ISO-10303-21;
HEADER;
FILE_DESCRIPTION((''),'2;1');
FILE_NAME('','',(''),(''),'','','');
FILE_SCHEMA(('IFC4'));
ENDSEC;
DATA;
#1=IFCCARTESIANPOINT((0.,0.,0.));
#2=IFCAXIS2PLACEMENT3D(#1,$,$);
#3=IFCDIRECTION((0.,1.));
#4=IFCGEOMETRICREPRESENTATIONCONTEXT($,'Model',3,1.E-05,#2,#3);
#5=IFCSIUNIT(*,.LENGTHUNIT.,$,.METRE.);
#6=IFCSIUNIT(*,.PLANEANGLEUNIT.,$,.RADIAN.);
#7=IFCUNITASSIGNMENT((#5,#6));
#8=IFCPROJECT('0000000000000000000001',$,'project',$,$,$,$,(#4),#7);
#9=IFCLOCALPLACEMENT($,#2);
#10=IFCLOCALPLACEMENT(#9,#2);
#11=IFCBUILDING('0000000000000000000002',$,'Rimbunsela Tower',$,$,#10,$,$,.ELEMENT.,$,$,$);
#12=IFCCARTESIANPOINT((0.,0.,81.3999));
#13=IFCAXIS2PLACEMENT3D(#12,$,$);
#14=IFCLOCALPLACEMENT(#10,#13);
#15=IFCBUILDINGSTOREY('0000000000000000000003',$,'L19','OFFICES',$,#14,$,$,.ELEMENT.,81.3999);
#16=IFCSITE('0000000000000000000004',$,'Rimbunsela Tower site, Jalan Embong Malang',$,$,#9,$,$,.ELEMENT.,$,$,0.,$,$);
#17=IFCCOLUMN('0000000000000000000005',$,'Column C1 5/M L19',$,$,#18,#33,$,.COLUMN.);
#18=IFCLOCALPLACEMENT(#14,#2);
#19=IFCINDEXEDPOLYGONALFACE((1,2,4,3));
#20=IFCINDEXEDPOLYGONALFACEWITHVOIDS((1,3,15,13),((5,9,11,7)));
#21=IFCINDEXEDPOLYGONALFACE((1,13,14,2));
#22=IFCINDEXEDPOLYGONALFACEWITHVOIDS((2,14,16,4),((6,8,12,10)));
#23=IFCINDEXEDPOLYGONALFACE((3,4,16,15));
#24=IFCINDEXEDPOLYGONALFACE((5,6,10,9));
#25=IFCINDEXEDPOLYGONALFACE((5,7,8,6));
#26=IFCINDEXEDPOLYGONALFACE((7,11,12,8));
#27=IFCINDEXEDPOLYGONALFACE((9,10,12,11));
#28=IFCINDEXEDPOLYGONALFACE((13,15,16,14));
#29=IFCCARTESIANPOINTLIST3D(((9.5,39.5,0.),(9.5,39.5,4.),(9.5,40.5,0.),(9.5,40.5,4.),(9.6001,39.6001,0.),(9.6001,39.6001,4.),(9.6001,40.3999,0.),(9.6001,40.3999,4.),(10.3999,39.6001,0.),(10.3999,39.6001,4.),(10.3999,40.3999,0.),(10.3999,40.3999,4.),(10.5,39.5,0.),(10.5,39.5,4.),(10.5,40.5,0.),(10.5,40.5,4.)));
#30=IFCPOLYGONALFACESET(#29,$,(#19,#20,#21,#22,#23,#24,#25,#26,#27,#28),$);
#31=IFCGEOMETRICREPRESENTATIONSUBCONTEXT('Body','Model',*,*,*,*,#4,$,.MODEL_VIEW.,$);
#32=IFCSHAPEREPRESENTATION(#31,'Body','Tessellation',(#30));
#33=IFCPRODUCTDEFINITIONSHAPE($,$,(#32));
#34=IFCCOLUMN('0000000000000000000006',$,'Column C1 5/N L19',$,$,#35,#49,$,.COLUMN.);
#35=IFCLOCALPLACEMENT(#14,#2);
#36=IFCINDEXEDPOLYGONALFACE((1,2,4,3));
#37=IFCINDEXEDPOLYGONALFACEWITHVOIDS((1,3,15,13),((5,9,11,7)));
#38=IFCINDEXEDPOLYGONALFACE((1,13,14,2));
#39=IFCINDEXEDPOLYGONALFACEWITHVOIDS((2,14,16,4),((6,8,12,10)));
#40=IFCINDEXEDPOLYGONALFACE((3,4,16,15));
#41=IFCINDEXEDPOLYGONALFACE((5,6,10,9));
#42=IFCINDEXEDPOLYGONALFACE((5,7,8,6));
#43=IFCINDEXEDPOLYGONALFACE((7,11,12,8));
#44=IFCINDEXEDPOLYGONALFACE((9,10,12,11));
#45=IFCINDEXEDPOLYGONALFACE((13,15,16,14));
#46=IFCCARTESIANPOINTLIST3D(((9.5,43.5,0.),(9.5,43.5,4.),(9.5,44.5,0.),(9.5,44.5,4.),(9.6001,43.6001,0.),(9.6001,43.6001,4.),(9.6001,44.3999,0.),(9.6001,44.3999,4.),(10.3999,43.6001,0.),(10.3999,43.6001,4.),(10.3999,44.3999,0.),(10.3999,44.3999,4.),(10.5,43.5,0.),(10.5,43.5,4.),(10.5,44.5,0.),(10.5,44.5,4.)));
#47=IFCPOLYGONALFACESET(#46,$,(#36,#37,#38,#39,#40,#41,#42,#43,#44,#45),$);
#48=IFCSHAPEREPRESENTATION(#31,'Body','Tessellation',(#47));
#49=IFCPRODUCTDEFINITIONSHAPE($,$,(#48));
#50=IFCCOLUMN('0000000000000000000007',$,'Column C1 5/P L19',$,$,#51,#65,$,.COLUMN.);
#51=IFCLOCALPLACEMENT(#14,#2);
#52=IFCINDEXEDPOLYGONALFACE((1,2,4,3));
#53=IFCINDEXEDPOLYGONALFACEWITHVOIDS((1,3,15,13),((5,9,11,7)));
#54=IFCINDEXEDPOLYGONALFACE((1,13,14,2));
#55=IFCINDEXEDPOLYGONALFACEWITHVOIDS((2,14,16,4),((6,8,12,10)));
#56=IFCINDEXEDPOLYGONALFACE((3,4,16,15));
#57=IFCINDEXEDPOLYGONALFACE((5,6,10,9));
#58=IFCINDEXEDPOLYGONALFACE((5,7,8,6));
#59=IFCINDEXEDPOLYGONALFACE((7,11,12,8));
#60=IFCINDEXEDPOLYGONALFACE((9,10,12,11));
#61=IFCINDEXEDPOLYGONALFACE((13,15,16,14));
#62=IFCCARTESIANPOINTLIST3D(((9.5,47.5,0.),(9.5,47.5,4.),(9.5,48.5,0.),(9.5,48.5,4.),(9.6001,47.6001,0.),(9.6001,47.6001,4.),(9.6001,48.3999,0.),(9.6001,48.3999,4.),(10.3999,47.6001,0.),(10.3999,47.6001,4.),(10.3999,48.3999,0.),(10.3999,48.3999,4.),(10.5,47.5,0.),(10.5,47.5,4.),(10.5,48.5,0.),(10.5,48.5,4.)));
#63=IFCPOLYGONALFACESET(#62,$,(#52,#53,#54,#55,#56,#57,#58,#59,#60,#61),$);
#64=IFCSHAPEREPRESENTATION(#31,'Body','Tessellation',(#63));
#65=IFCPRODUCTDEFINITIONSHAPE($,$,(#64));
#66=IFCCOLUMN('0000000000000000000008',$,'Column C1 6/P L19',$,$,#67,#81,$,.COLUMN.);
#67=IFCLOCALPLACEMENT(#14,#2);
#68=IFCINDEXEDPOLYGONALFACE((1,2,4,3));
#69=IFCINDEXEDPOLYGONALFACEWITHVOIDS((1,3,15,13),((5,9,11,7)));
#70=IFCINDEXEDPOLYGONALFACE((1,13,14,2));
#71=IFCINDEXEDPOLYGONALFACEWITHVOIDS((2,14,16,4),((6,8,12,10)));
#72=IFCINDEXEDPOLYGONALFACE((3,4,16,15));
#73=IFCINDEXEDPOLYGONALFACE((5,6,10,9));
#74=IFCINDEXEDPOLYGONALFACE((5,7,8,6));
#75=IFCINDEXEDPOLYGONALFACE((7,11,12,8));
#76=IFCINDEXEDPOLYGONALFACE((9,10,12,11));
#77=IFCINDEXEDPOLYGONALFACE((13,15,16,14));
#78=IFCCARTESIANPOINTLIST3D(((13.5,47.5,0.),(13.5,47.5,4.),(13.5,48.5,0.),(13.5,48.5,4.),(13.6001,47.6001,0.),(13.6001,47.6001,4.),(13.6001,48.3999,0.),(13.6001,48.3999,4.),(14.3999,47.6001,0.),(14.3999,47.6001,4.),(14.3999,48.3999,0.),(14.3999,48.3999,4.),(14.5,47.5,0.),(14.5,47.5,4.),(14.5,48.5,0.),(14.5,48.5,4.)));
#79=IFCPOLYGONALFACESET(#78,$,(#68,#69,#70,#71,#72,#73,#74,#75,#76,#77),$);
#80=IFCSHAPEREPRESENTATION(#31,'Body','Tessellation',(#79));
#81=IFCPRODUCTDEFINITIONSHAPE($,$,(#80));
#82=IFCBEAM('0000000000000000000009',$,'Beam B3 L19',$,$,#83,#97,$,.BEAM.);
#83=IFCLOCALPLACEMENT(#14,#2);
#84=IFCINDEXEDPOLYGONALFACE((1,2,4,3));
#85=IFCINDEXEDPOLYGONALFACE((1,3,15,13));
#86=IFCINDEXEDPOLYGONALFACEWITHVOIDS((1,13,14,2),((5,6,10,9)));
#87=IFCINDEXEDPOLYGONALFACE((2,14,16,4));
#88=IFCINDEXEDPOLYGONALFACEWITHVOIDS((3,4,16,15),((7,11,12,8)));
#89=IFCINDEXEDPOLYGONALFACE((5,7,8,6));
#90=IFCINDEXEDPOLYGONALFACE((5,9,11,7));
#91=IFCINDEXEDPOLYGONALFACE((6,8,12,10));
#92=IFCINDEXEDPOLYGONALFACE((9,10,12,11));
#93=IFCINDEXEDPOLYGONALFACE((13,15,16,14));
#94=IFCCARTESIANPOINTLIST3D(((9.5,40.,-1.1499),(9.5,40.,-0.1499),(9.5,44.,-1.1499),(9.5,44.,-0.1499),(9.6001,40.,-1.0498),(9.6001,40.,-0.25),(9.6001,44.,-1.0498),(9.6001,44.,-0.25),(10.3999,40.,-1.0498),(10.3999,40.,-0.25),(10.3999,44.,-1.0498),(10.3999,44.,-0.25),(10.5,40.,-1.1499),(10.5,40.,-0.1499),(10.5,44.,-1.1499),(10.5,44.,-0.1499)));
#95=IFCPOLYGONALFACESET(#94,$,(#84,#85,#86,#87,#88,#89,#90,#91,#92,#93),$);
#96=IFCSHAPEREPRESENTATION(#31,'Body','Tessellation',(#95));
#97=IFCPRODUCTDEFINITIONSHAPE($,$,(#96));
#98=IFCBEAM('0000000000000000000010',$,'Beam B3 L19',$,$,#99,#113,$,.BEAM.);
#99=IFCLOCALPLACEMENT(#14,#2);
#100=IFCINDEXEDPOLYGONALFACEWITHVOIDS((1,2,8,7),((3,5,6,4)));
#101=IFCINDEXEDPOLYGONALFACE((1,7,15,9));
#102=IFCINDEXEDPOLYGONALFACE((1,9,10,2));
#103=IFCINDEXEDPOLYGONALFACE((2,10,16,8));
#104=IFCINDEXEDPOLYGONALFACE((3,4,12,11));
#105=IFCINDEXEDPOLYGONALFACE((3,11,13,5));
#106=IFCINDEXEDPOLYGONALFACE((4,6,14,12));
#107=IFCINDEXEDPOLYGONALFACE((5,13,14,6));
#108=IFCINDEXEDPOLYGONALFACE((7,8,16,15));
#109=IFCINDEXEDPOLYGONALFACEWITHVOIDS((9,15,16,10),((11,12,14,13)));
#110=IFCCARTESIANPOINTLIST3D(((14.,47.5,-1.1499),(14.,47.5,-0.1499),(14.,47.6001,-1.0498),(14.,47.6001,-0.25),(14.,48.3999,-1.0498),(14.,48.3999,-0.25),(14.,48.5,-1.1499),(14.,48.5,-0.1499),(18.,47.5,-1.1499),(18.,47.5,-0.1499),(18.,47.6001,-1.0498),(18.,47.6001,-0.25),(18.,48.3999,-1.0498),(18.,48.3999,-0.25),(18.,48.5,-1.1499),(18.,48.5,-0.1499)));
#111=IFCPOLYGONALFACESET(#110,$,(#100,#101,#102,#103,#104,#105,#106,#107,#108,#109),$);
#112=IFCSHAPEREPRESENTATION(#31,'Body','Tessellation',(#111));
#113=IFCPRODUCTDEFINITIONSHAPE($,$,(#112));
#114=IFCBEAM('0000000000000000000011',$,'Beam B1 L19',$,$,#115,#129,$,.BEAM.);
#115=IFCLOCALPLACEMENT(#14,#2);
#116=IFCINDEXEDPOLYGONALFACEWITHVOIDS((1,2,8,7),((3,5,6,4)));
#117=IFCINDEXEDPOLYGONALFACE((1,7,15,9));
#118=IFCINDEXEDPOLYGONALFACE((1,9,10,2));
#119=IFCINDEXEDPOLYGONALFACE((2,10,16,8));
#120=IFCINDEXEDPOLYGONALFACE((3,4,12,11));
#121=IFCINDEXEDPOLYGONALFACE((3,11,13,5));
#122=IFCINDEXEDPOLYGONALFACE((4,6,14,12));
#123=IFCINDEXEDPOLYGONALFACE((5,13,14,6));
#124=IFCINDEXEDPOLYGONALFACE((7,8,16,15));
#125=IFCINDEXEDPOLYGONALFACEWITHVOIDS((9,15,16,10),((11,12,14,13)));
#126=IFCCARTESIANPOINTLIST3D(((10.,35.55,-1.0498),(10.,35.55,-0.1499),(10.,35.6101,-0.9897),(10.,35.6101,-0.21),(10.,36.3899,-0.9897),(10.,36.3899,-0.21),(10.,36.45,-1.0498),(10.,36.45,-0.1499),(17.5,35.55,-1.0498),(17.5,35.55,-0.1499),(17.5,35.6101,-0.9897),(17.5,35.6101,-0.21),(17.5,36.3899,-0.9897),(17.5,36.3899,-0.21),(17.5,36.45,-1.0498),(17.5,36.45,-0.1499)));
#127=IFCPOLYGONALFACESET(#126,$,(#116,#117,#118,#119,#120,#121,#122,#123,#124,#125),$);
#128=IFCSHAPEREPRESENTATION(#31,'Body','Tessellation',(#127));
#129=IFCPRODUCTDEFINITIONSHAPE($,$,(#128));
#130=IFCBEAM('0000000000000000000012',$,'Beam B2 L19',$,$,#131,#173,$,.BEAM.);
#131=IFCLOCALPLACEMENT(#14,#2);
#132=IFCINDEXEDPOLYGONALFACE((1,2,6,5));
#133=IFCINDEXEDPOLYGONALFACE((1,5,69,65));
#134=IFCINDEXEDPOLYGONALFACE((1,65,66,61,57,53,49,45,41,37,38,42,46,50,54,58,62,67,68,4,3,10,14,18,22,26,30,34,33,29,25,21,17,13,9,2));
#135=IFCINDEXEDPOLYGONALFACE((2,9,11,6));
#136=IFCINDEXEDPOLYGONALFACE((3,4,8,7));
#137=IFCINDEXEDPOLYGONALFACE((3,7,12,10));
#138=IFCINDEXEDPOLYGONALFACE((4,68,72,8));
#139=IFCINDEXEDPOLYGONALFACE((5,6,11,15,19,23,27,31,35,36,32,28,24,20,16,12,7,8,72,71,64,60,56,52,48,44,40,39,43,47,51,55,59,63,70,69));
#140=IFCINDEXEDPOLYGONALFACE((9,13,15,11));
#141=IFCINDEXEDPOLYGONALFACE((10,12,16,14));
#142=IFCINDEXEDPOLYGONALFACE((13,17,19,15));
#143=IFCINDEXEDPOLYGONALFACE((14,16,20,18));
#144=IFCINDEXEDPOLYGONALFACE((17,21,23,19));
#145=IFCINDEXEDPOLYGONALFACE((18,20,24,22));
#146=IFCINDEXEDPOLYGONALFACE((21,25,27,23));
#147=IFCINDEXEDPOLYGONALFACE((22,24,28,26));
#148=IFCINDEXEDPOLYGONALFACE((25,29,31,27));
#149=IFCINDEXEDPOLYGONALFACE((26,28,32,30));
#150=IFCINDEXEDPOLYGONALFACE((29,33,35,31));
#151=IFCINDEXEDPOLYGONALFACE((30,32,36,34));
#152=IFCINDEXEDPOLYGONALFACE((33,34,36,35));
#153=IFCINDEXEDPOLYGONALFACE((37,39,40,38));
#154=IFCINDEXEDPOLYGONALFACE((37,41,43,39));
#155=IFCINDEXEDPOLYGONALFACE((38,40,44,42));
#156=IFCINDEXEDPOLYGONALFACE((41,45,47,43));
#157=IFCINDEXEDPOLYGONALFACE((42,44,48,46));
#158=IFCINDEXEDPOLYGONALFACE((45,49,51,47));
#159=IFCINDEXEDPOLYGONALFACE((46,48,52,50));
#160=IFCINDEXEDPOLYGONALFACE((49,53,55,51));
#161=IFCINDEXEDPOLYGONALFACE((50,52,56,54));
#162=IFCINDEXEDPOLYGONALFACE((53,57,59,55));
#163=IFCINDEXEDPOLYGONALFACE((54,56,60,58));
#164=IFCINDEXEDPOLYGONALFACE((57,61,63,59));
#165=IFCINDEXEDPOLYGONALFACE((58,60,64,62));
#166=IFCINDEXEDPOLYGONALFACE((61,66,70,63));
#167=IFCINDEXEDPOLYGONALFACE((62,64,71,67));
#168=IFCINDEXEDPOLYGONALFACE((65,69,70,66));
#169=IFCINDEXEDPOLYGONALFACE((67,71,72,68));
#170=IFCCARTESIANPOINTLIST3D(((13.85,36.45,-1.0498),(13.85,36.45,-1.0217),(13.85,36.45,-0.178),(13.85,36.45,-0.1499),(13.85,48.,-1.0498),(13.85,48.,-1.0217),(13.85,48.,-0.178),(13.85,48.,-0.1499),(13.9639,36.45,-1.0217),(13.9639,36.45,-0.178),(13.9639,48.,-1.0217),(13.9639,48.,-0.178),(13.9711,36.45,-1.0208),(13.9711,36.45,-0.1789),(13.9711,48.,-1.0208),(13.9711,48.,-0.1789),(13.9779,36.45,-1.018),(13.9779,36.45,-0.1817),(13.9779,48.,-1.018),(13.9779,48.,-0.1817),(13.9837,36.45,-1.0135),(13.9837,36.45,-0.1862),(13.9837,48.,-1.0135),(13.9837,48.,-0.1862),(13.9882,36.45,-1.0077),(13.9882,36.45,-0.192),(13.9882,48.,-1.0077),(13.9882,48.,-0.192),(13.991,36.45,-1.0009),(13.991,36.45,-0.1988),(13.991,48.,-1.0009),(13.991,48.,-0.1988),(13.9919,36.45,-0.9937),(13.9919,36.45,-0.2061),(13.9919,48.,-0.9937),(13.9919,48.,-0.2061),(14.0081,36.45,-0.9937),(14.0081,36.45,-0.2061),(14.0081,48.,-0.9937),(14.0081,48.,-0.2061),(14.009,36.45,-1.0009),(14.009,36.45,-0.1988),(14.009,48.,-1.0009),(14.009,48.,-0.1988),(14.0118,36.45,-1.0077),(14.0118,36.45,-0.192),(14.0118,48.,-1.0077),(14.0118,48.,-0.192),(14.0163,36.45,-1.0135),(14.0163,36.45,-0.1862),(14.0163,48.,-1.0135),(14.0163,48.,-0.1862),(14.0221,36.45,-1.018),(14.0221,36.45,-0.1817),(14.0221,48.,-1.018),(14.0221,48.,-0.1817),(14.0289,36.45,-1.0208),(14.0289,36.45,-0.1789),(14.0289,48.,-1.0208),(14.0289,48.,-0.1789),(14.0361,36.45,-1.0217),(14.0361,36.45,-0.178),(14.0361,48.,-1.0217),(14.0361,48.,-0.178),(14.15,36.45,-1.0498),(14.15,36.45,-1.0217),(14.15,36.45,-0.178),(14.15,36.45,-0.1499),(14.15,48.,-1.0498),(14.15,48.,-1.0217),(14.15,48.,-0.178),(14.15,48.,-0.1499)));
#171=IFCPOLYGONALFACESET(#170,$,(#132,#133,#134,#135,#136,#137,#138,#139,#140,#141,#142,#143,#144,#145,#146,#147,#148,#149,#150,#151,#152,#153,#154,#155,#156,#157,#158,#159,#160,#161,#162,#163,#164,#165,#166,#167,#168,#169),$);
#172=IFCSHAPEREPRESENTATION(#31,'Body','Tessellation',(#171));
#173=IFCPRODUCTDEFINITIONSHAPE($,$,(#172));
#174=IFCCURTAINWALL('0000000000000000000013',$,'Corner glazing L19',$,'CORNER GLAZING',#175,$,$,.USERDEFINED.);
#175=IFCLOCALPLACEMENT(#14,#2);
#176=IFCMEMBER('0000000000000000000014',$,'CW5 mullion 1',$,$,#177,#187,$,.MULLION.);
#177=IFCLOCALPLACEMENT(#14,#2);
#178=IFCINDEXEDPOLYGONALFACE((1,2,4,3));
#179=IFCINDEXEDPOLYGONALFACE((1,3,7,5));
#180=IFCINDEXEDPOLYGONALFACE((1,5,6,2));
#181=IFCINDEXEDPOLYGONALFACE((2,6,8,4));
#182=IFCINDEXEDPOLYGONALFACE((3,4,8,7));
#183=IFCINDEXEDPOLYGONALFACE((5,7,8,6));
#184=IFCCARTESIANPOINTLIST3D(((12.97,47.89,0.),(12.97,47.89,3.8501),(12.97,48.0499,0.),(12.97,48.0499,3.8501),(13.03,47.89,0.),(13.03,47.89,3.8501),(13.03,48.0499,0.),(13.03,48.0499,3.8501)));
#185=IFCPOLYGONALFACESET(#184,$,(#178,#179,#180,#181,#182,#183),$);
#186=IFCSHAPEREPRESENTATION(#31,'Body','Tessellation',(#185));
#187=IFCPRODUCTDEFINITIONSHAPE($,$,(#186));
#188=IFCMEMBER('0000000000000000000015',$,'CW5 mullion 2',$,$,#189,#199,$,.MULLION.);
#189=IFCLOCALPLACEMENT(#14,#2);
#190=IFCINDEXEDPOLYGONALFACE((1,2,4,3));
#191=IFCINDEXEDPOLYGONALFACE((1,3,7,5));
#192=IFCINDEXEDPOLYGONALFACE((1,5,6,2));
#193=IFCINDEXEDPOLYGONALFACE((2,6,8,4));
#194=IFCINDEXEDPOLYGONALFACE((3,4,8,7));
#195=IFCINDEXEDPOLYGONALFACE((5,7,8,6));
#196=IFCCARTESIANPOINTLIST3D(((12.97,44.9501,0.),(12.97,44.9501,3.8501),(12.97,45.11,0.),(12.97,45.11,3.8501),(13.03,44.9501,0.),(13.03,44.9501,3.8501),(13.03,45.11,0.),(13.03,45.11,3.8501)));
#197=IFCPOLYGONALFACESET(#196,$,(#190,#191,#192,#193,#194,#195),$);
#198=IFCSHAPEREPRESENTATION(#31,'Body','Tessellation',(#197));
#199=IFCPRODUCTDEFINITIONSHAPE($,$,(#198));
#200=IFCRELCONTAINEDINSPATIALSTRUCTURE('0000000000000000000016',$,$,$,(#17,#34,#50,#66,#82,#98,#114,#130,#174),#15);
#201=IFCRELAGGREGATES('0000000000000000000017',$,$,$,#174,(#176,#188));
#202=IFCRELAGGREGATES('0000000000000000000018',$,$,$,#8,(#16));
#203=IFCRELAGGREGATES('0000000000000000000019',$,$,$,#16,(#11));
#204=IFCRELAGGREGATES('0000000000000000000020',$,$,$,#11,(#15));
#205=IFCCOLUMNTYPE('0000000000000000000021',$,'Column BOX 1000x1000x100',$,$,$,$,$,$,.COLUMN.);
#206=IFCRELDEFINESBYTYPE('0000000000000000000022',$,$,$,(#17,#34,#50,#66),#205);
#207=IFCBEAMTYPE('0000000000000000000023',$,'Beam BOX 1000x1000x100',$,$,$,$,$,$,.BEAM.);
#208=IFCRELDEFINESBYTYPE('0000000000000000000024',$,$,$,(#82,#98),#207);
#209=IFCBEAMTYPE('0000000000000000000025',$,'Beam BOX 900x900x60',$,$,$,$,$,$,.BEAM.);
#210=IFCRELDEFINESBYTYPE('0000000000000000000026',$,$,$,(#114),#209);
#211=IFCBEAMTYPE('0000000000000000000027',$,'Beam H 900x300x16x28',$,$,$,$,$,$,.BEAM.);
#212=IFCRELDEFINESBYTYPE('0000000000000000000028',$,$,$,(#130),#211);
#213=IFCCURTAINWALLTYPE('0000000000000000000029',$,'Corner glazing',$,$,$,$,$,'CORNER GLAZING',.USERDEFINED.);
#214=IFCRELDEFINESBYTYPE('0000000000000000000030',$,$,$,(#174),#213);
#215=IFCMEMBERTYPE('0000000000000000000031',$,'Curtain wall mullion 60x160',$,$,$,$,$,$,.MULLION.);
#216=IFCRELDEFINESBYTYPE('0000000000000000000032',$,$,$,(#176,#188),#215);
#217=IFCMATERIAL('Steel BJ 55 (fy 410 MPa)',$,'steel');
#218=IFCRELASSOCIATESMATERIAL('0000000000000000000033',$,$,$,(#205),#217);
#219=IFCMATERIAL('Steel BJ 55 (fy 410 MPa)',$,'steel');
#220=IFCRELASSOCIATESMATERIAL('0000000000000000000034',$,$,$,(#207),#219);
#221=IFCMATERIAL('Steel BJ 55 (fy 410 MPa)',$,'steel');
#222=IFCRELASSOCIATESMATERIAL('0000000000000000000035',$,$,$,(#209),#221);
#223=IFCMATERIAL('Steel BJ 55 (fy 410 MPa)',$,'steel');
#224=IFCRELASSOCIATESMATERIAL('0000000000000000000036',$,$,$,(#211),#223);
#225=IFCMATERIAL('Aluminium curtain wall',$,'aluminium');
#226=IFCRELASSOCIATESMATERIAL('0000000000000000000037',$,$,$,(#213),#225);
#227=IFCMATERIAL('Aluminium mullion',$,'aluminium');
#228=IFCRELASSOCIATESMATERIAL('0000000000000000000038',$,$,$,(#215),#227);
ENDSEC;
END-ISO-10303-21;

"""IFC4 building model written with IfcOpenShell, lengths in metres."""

from ifc_helpers import new_model, si_unit, direction, frame, origin, origin_2d, place, context, subcontext, project, spatial, rectangle, hollow_rectangle, i_section, extrude, material, material_profile, profile_set, type_object, element, aggregate, save


model = new_model("IFC4")

# Units and contexts
model_context = context("Model", 3, precision=1e-05, world=origin(), true_north=direction((0.0, 1.0)))
body_context = subcontext(model_context, "Body", "Model", "MODEL_VIEW")
ifc_project = project(units=[si_unit("LENGTHUNIT", "METRE"), si_unit("PLANEANGLEUNIT", "RADIAN")], contexts=[model_context])

# Site, building, storey
site_placement = place(None, origin())
site = spatial("IfcSite", under=ifc_project, at=site_placement, Name="Rimbunsela Tower site, Jalan Embong Malang", CompositionType="ELEMENT", RefElevation=0.0)
building_placement = place(site_placement, origin())
building = spatial("IfcBuilding", under=site, at=building_placement, Name="Rimbunsela Tower", CompositionType="ELEMENT")
storey_placement = place(building_placement, frame((0.0, 0.0, 81.3999)))
storey = spatial("IfcBuildingStorey", under=building, at=storey_placement, Name="L19", Description="OFFICES", CompositionType="ELEMENT", Elevation=81.3999)

# Columns
ifc_material_1 = material(Name="Steel BJ 55 (fy 410 MPa)", Category="steel")
ifc_material_profile_1 = material_profile(ifc_material_1, hollow_rectangle(XDim=1.0, YDim=1.0, WallThickness=0.1001, at=origin_2d()), Name="BOX 1000x1000x100")
ifc_profile_set_1 = profile_set([ifc_material_profile_1], Name="Steel BJ 55 (fy 410 MPa)")
column_type = type_object("IfcColumnType", Name="Column BOX 1000x1000x100", PredefinedType="COLUMN", material=ifc_profile_set_1)
for number, where, z_axis, x_axis, name in (
    (1, (10.0, 40.0, 0.0), (0.0, 0.0, 1.0), (1.0, 0.0, 0.0), "Column C1 5/M L19"),
    (2, (10.0, 44.0, 0.0), (0.0, 0.0, 1.0), (1.0, 0.0, 0.0), "Column C1 5/N L19"),
    (3, (10.0, 48.0, 0.0), (0.0, 0.0, 1.0), (1.0, 0.0, 0.0), "Column C1 5/P L19"),
    (4, (14.0, 48.0, 0.0), (0.0, 0.0, 1.0), (1.0, 0.0, 0.0), "Column C1 6/P L19"),
):
    element("IfcColumn", number, at=place(storey_placement, frame(where, z_axis=z_axis, x_axis=x_axis)), inside=storey, type_object=column_type, Name=name, PredefinedType="COLUMN", context=body_context, shape_type="SweptSolid", body=[
        extrude(hollow_rectangle(XDim=1.0, YDim=1.0, WallThickness=0.1001, at=origin_2d()), origin(), (0.0, 0.0, 1.0), 4.0),
    ])

# Beams
ifc_material_2 = material(Name="Steel BJ 55 (fy 410 MPa)", Category="steel")
ifc_material_profile_2 = material_profile(ifc_material_2, hollow_rectangle(XDim=1.0, YDim=1.0, WallThickness=0.1001, at=origin_2d()), Name="BOX 1000x1000x100")
ifc_profile_set_2 = profile_set([ifc_material_profile_2], Name="Steel BJ 55 (fy 410 MPa)")
beam_type_1 = type_object("IfcBeamType", Name="Beam BOX 1000x1000x100", PredefinedType="BEAM", material=ifc_profile_set_2)
for number, where, z_axis, x_axis, name in (
    (5, (10.0, 40.0, -0.6499), (0.0, 1.0, 0.0), (-1.0, 0.0, 0.0), "Beam B3 L19"),
    (6, (14.0, 48.0, -0.6499), (1.0, 0.0, 0.0), (0.0, 1.0, 0.0), "Beam B3 L19"),
):
    element("IfcBeam", number, at=place(storey_placement, frame(where, z_axis=z_axis, x_axis=x_axis)), inside=storey, type_object=beam_type_1, Name=name, PredefinedType="BEAM", context=body_context, shape_type="SweptSolid", body=[
        extrude(hollow_rectangle(XDim=1.0, YDim=1.0, WallThickness=0.1001, at=origin_2d()), origin(), (0.0, 0.0, 1.0), 4.0),
    ])
ifc_material_3 = material(Name="Steel BJ 55 (fy 410 MPa)", Category="steel")
ifc_material_profile_3 = material_profile(ifc_material_3, hollow_rectangle(XDim=0.8999, YDim=0.8999, WallThickness=0.0601, at=origin_2d()), Name="BOX 900x900x60")
ifc_profile_set_3 = profile_set([ifc_material_profile_3], Name="Steel BJ 55 (fy 410 MPa)")
beam_type_2 = type_object("IfcBeamType", Name="Beam BOX 900x900x60", PredefinedType="BEAM", material=ifc_profile_set_3)
beam_1_placement = place(storey_placement, frame((10.0, 36.0, -0.5999), z_axis=(1.0, 0.0, 0.0), x_axis=(0.0, 1.0, 0.0)))
element("IfcBeam", 7, at=beam_1_placement, inside=storey, type_object=beam_type_2, Name="Beam B1 L19", PredefinedType="BEAM", context=body_context, shape_type="SweptSolid", body=[
    extrude(hollow_rectangle(XDim=0.8999, YDim=0.8999, WallThickness=0.0601, at=origin_2d()), origin(), (0.0, 0.0, 1.0), 7.5),
])
ifc_material_4 = material(Name="Steel BJ 55 (fy 410 MPa)", Category="steel")
ifc_material_profile_4 = material_profile(ifc_material_4, i_section(OverallWidth=0.3, OverallDepth=0.8999, WebThickness=0.0161, FlangeThickness=0.0281, FilletRadius=0.0281, at=origin_2d()), Name="H 900x300x16x28")
ifc_profile_set_4 = profile_set([ifc_material_profile_4], Name="Steel BJ 55 (fy 410 MPa)")
beam_type_3 = type_object("IfcBeamType", Name="Beam H 900x300x16x28", PredefinedType="BEAM", material=ifc_profile_set_4)
beam_2_placement = place(storey_placement, frame((14.0, 36.45, -0.5999), z_axis=(0.0, 1.0, 0.0), x_axis=(-1.0, 0.0, 0.0)))
element("IfcBeam", 8, at=beam_2_placement, inside=storey, type_object=beam_type_3, Name="Beam B2 L19", PredefinedType="BEAM", context=body_context, shape_type="SweptSolid", body=[
    extrude(i_section(OverallWidth=0.3, OverallDepth=0.8999, WebThickness=0.0161, FlangeThickness=0.0281, FilletRadius=0.0281, at=origin_2d()), origin(), (0.0, 0.0, 1.0), 11.55),
])

# Curtain wall, members
ifc_material_5 = material(Name="Aluminium curtain wall", Category="aluminium")
curtain_wall_type = type_object("IfcCurtainWallType", Name="Corner glazing", ElementType="CORNER GLAZING", PredefinedType="USERDEFINED", material=ifc_material_5)
curtain_wall_1_placement = place(storey_placement, origin())
curtain_wall_1 = element("IfcCurtainWall", 9, at=curtain_wall_1_placement, inside=storey, type_object=curtain_wall_type, Name="Corner glazing L19", ObjectType="CORNER GLAZING", PredefinedType="USERDEFINED")
ifc_material_6 = material(Name="Aluminium mullion", Category="aluminium")
ifc_material_profile_5 = material_profile(ifc_material_6, rectangle(XDim=0.0601, YDim=0.1599, at=origin_2d()), Name="Mullion 60x160")
ifc_profile_set_5 = profile_set([ifc_material_profile_5], Name="Aluminium mullion")
member_type_1 = type_object("IfcMemberType", Name="Curtain wall mullion 60x160", PredefinedType="MULLION", material=ifc_profile_set_5)
member_1_placement = place(storey_placement, frame((13.0, 47.97, 0.0), z_axis=(0.0, 0.0, 1.0), x_axis=(1.0, 0.0, 0.0)))
member_1 = element("IfcMember", 10, at=member_1_placement, type_object=member_type_1, Name="CW5 mullion 1", PredefinedType="MULLION", context=body_context, shape_type="SweptSolid", body=[
    extrude(rectangle(XDim=0.0601, YDim=0.1599, at=origin_2d()), origin(), (0.0, 0.0, 1.0), 3.8501),
])
member_2_placement = place(storey_placement, frame((13.0, 45.03, 0.0), z_axis=(0.0, 0.0, 1.0), x_axis=(1.0, 0.0, 0.0)))
member_2 = element("IfcMember", 11, at=member_2_placement, type_object=member_type_1, Name="CW5 mullion 2", PredefinedType="MULLION", context=body_context, shape_type="SweptSolid", body=[
    extrude(rectangle(XDim=0.0601, YDim=0.1599, at=origin_2d()), origin(), (0.0, 0.0, 1.0), 3.8501),
])

aggregate(curtain_wall_1, [member_1, member_2])

save(model, "model.ifc")
